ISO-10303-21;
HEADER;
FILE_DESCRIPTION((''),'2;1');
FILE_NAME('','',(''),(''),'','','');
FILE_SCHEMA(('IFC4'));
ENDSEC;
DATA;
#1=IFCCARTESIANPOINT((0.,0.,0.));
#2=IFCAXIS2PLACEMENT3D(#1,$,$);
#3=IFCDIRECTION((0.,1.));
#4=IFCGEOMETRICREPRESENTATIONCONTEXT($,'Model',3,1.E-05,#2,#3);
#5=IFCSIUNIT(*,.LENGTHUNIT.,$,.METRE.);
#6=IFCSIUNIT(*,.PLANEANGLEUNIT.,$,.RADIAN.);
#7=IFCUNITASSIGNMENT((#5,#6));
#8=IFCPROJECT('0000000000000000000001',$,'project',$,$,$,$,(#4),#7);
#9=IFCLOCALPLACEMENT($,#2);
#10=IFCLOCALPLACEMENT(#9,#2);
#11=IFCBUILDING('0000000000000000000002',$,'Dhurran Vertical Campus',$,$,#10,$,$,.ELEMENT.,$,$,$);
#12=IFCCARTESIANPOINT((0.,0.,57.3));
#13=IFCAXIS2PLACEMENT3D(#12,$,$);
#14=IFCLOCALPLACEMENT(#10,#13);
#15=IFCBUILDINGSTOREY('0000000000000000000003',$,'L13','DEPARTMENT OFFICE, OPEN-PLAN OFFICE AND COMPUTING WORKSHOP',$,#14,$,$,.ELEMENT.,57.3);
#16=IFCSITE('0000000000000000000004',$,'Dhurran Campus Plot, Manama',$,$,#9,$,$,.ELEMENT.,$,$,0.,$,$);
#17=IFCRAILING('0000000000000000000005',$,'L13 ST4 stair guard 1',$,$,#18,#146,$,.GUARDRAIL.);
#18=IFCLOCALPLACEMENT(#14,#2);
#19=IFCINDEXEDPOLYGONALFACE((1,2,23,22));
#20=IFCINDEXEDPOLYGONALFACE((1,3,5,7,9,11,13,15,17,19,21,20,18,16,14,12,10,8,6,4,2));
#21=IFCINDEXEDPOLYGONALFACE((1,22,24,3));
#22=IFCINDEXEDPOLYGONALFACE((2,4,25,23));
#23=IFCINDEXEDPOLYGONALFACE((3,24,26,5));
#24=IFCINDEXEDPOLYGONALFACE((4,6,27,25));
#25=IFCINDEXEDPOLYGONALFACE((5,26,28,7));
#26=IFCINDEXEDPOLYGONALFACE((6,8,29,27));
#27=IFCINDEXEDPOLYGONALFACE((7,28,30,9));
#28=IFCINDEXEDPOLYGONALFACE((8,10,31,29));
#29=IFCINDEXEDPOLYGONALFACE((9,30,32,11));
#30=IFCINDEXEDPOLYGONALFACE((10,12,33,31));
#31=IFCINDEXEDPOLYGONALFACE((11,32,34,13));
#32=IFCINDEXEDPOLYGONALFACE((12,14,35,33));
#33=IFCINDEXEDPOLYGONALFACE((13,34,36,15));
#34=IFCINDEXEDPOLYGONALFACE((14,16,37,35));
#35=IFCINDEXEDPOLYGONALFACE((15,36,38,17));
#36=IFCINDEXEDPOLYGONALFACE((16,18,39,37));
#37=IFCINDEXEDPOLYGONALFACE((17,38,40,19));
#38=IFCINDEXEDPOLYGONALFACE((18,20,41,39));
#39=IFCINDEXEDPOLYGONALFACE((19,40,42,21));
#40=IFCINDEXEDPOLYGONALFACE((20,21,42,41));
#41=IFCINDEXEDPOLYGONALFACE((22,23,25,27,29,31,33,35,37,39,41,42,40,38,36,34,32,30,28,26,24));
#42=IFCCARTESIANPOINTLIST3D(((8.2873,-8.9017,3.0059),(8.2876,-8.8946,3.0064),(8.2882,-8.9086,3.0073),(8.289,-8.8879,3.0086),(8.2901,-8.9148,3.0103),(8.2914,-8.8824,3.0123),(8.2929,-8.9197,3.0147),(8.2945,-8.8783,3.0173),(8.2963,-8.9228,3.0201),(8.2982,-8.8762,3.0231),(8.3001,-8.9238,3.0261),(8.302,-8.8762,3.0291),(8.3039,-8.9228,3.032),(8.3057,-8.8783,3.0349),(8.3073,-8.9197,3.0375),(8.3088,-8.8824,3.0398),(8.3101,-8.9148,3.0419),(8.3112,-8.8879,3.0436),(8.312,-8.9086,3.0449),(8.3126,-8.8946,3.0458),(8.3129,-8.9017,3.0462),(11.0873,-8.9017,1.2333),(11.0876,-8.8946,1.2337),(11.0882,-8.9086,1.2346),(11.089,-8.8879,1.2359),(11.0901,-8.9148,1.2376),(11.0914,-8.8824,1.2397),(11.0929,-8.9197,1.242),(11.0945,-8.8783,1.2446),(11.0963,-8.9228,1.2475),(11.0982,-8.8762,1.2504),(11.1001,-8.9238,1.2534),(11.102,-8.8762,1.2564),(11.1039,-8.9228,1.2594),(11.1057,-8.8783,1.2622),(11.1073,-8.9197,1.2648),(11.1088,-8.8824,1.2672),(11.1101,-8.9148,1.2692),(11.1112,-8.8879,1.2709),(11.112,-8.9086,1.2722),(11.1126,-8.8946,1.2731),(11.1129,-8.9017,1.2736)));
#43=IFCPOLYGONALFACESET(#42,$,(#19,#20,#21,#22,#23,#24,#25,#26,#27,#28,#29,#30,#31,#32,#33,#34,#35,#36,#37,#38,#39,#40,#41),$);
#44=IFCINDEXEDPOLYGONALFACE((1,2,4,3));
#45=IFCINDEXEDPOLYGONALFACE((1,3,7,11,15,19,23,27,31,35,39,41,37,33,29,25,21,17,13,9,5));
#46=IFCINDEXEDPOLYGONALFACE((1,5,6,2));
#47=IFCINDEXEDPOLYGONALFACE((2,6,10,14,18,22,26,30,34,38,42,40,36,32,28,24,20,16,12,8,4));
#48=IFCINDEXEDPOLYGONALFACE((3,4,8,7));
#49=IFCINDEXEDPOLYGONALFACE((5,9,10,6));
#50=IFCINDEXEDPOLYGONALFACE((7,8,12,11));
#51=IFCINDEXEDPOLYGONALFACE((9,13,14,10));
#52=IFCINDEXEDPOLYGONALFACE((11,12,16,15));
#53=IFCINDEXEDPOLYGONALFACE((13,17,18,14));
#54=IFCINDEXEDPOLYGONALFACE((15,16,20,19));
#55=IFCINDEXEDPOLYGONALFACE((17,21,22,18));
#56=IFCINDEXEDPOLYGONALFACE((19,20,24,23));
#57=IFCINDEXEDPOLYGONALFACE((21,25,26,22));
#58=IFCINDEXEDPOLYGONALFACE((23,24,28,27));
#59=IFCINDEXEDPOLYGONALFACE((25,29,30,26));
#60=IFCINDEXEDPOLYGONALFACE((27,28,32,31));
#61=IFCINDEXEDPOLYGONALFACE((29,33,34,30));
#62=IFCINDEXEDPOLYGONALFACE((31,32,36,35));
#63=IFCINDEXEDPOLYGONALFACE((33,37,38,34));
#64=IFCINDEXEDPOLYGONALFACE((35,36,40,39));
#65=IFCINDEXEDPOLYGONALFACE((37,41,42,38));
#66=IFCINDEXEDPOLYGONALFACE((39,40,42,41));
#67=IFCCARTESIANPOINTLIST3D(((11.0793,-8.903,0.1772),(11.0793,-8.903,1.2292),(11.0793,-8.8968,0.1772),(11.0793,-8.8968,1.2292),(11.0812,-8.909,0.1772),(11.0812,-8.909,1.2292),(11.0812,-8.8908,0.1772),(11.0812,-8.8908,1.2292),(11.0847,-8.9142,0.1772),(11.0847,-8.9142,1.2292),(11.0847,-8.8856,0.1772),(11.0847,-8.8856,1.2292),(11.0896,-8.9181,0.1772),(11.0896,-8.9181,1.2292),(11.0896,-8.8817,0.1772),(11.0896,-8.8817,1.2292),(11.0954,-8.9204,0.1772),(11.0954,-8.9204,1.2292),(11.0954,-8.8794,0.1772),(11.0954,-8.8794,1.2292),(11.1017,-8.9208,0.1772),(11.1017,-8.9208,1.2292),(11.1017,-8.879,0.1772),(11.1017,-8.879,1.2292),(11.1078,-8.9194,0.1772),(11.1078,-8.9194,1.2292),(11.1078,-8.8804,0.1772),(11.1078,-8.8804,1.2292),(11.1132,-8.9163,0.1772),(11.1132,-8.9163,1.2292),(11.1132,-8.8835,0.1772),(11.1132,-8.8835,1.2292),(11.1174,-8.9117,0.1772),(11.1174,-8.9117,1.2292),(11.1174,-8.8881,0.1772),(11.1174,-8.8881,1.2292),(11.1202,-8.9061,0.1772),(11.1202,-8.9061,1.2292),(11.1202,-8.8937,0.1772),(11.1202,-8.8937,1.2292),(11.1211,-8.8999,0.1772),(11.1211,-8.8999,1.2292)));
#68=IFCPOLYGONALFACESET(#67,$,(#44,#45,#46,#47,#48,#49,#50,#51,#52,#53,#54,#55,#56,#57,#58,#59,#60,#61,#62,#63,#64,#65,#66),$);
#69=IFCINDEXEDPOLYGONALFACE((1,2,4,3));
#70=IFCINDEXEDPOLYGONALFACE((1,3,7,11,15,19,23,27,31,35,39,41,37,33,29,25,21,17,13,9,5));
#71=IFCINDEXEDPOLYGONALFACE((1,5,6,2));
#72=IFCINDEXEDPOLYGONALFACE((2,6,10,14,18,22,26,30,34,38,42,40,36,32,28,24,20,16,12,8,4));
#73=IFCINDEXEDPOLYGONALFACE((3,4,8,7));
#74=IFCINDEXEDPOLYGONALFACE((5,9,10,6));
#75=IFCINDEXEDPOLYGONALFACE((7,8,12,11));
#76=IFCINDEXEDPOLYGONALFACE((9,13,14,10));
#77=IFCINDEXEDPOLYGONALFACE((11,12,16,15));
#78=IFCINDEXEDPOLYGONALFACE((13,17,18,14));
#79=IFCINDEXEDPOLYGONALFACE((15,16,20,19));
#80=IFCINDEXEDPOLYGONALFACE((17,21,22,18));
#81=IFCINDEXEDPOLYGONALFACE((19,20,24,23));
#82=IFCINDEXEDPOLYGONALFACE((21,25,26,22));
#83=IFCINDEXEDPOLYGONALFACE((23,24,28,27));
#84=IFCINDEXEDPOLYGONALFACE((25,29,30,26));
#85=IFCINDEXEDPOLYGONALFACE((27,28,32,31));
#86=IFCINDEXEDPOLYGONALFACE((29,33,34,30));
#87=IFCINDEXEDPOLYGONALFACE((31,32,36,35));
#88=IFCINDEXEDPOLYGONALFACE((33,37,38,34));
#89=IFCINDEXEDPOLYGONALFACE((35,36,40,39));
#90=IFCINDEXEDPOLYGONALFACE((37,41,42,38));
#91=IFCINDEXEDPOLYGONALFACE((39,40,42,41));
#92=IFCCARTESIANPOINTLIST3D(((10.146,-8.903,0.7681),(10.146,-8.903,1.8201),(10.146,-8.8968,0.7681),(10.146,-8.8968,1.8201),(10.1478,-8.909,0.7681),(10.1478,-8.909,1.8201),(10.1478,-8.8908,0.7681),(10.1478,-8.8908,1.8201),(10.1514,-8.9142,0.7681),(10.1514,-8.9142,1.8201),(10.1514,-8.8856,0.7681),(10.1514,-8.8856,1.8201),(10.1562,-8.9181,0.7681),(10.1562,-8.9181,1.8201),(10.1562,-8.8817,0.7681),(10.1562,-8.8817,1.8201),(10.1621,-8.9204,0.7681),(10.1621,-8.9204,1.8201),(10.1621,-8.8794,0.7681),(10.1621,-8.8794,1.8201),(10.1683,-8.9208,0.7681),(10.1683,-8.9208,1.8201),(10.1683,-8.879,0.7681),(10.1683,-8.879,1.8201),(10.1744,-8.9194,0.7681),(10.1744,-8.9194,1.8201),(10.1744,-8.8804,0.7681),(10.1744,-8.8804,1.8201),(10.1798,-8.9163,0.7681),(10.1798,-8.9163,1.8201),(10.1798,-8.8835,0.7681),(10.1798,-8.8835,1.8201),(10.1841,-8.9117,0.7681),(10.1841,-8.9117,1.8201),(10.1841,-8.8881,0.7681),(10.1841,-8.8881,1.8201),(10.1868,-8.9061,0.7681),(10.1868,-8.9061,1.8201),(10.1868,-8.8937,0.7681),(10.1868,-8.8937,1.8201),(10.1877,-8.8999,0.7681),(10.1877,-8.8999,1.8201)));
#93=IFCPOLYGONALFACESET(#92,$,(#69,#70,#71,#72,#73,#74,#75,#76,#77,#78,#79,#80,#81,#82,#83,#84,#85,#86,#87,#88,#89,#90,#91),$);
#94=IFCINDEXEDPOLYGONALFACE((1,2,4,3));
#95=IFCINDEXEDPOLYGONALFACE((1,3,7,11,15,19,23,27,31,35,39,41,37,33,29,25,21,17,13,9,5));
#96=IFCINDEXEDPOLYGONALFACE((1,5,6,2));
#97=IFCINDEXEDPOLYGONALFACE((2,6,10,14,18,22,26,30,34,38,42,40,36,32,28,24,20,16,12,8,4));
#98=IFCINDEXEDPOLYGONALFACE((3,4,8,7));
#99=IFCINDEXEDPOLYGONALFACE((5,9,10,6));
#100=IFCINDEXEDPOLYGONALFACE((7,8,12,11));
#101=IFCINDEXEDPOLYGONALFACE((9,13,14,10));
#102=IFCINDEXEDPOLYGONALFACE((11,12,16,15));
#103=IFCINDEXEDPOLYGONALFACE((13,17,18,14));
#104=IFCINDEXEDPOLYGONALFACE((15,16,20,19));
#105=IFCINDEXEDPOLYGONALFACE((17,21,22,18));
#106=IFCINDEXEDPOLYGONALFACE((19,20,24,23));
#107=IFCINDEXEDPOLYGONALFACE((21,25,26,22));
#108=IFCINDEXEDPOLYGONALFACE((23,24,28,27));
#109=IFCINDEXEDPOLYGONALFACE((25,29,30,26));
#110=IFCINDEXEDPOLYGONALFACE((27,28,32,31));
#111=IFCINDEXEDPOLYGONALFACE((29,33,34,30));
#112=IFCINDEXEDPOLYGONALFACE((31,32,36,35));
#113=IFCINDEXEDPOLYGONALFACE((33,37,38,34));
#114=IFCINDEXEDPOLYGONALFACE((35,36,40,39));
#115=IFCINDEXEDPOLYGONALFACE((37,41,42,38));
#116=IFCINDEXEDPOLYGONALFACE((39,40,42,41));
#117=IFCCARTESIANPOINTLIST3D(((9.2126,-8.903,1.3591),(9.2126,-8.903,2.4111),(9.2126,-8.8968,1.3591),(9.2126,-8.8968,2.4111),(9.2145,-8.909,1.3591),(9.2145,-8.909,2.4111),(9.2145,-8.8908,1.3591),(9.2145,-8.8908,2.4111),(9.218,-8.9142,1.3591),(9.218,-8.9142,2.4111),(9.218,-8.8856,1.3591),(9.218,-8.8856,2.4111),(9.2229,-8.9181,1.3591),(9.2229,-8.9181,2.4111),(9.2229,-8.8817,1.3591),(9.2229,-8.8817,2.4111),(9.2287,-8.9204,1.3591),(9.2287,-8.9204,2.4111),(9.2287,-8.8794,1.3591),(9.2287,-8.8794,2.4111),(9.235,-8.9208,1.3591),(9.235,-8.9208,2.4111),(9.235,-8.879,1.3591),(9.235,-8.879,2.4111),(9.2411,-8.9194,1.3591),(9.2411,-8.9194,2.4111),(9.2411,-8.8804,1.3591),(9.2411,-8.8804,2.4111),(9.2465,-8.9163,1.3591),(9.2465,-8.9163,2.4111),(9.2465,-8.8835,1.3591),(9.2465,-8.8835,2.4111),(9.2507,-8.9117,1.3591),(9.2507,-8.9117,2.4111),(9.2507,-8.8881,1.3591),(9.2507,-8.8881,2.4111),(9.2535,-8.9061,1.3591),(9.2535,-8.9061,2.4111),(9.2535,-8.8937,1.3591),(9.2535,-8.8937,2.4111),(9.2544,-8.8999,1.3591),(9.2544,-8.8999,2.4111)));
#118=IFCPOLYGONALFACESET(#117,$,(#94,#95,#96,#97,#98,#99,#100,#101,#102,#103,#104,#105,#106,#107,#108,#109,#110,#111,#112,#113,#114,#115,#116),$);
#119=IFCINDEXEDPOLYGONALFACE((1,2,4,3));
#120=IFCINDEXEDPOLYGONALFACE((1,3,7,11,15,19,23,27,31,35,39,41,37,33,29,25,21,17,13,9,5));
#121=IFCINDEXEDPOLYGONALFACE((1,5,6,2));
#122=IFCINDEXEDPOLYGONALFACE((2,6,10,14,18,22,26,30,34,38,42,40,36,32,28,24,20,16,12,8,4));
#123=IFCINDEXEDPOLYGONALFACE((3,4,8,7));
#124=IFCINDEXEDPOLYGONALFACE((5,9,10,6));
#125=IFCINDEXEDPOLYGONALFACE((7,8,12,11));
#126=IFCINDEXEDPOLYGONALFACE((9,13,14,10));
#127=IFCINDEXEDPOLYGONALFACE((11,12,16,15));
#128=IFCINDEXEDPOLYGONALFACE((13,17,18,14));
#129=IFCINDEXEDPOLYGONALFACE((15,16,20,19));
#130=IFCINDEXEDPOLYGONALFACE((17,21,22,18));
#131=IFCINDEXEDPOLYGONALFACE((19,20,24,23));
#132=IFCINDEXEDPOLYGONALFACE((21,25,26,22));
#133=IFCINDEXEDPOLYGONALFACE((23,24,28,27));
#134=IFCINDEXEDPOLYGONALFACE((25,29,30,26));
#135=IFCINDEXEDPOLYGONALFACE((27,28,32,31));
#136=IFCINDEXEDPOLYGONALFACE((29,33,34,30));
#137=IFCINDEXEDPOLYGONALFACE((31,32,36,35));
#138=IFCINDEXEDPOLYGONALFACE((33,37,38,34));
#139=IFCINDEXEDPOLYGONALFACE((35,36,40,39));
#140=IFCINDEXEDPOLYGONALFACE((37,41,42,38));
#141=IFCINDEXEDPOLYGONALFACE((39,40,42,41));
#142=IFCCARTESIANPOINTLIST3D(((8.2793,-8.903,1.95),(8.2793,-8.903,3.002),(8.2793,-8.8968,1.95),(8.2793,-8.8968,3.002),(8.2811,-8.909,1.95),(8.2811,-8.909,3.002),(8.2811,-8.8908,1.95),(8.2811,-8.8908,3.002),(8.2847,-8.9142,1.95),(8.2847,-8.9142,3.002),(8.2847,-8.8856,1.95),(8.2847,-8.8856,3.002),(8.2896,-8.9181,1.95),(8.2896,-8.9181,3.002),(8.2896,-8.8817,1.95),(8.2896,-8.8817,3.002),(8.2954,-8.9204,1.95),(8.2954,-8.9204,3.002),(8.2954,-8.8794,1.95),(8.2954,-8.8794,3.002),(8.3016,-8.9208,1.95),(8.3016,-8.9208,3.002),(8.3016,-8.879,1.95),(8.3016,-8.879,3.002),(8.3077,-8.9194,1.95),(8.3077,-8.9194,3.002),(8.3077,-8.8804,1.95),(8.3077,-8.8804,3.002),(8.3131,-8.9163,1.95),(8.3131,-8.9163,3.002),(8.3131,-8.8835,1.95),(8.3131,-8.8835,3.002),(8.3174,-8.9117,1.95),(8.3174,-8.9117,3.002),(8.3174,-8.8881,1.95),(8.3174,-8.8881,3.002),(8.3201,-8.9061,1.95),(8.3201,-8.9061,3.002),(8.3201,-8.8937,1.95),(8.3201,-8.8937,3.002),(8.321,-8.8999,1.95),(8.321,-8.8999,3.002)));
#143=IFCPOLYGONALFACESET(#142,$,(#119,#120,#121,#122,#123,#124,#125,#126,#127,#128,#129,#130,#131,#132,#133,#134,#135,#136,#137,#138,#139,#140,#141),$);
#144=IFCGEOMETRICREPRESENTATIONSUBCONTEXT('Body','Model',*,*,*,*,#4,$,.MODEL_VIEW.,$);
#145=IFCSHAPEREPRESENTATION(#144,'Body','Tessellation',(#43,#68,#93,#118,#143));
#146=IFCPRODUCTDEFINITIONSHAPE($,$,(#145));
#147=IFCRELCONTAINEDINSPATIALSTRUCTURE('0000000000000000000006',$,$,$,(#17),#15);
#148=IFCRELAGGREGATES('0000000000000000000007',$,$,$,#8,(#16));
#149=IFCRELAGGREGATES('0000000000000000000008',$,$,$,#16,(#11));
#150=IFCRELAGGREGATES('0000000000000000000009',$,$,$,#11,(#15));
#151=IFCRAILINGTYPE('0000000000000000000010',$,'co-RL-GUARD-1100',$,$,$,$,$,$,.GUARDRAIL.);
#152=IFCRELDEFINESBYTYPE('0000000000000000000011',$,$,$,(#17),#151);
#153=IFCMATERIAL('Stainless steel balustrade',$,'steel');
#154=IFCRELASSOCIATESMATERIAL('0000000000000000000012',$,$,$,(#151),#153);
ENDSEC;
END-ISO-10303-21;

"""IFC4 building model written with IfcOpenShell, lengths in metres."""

from ifc_helpers import new_model, si_unit, direction, frame, origin, origin_2d, place, context, subcontext, project, spatial, circle, extrude, material, type_object, element, save


model = new_model("IFC4")

# Units and contexts
model_context = context("Model", 3, precision=1e-05, world=origin(), true_north=direction((0.0, 1.0)))
body_context = subcontext(model_context, "Body", "Model", "MODEL_VIEW")
ifc_project = project(units=[si_unit("LENGTHUNIT", "METRE"), si_unit("PLANEANGLEUNIT", "RADIAN")], contexts=[model_context])

# Site, building, storey
site_placement = place(None, origin())
site = spatial("IfcSite", under=ifc_project, at=site_placement, Name="Dhurran Campus Plot, Manama", CompositionType="ELEMENT", RefElevation=0.0)
building_placement = place(site_placement, origin())
building = spatial("IfcBuilding", under=site, at=building_placement, Name="Dhurran Vertical Campus", CompositionType="ELEMENT")
storey_placement = place(building_placement, frame((0.0, 0.0, 57.3)))
storey = spatial("IfcBuildingStorey", under=building, at=storey_placement, Name="L13", Description="DEPARTMENT OFFICE, OPEN-PLAN OFFICE AND COMPUTING WORKSHOP", CompositionType="ELEMENT", Elevation=57.3)

# Railing
ifc_material_1 = material(Name="Stainless steel balustrade", Category="steel")
railing_type_1 = type_object("IfcRailingType", Name="co-RL-GUARD-1100", PredefinedType="GUARDRAIL", material=ifc_material_1)
railing_1_placement = place(storey_placement, frame((11.1001, -8.8999, 0.1772)))
element("IfcRailing", 1, at=railing_1_placement, inside=storey, type_object=railing_type_1, Name="L13 ST4 stair guard 1", PredefinedType="GUARDRAIL", context=body_context, shape_type="SweptSolid", body=[
    extrude(circle(Radius=0.0239, at=origin_2d()), frame((0.0, 0.0, 1.0762), z_axis=(-0.844909, 0.0, 0.53491), x_axis=(0.0, -1.0, 0.0)), (0.0, 0.0, 1.0), 3.314),
    extrude(circle(Radius=0.021, at=origin_2d()), origin(), (0.0, 0.0, 1.0), 1.052),
    extrude(circle(Radius=0.021, at=origin_2d()), frame((-0.9333, 0.0, 0.5908)), (0.0, 0.0, 1.0), 1.052),
    extrude(circle(Radius=0.021, at=origin_2d()), frame((-1.8667, 0.0, 1.1819)), (0.0, 0.0, 1.0), 1.052),
    extrude(circle(Radius=0.021, at=origin_2d()), frame((-2.8, 0.0, 1.7727)), (0.0, 0.0, 1.0), 1.052),
])

save(model, "model.ifc")
